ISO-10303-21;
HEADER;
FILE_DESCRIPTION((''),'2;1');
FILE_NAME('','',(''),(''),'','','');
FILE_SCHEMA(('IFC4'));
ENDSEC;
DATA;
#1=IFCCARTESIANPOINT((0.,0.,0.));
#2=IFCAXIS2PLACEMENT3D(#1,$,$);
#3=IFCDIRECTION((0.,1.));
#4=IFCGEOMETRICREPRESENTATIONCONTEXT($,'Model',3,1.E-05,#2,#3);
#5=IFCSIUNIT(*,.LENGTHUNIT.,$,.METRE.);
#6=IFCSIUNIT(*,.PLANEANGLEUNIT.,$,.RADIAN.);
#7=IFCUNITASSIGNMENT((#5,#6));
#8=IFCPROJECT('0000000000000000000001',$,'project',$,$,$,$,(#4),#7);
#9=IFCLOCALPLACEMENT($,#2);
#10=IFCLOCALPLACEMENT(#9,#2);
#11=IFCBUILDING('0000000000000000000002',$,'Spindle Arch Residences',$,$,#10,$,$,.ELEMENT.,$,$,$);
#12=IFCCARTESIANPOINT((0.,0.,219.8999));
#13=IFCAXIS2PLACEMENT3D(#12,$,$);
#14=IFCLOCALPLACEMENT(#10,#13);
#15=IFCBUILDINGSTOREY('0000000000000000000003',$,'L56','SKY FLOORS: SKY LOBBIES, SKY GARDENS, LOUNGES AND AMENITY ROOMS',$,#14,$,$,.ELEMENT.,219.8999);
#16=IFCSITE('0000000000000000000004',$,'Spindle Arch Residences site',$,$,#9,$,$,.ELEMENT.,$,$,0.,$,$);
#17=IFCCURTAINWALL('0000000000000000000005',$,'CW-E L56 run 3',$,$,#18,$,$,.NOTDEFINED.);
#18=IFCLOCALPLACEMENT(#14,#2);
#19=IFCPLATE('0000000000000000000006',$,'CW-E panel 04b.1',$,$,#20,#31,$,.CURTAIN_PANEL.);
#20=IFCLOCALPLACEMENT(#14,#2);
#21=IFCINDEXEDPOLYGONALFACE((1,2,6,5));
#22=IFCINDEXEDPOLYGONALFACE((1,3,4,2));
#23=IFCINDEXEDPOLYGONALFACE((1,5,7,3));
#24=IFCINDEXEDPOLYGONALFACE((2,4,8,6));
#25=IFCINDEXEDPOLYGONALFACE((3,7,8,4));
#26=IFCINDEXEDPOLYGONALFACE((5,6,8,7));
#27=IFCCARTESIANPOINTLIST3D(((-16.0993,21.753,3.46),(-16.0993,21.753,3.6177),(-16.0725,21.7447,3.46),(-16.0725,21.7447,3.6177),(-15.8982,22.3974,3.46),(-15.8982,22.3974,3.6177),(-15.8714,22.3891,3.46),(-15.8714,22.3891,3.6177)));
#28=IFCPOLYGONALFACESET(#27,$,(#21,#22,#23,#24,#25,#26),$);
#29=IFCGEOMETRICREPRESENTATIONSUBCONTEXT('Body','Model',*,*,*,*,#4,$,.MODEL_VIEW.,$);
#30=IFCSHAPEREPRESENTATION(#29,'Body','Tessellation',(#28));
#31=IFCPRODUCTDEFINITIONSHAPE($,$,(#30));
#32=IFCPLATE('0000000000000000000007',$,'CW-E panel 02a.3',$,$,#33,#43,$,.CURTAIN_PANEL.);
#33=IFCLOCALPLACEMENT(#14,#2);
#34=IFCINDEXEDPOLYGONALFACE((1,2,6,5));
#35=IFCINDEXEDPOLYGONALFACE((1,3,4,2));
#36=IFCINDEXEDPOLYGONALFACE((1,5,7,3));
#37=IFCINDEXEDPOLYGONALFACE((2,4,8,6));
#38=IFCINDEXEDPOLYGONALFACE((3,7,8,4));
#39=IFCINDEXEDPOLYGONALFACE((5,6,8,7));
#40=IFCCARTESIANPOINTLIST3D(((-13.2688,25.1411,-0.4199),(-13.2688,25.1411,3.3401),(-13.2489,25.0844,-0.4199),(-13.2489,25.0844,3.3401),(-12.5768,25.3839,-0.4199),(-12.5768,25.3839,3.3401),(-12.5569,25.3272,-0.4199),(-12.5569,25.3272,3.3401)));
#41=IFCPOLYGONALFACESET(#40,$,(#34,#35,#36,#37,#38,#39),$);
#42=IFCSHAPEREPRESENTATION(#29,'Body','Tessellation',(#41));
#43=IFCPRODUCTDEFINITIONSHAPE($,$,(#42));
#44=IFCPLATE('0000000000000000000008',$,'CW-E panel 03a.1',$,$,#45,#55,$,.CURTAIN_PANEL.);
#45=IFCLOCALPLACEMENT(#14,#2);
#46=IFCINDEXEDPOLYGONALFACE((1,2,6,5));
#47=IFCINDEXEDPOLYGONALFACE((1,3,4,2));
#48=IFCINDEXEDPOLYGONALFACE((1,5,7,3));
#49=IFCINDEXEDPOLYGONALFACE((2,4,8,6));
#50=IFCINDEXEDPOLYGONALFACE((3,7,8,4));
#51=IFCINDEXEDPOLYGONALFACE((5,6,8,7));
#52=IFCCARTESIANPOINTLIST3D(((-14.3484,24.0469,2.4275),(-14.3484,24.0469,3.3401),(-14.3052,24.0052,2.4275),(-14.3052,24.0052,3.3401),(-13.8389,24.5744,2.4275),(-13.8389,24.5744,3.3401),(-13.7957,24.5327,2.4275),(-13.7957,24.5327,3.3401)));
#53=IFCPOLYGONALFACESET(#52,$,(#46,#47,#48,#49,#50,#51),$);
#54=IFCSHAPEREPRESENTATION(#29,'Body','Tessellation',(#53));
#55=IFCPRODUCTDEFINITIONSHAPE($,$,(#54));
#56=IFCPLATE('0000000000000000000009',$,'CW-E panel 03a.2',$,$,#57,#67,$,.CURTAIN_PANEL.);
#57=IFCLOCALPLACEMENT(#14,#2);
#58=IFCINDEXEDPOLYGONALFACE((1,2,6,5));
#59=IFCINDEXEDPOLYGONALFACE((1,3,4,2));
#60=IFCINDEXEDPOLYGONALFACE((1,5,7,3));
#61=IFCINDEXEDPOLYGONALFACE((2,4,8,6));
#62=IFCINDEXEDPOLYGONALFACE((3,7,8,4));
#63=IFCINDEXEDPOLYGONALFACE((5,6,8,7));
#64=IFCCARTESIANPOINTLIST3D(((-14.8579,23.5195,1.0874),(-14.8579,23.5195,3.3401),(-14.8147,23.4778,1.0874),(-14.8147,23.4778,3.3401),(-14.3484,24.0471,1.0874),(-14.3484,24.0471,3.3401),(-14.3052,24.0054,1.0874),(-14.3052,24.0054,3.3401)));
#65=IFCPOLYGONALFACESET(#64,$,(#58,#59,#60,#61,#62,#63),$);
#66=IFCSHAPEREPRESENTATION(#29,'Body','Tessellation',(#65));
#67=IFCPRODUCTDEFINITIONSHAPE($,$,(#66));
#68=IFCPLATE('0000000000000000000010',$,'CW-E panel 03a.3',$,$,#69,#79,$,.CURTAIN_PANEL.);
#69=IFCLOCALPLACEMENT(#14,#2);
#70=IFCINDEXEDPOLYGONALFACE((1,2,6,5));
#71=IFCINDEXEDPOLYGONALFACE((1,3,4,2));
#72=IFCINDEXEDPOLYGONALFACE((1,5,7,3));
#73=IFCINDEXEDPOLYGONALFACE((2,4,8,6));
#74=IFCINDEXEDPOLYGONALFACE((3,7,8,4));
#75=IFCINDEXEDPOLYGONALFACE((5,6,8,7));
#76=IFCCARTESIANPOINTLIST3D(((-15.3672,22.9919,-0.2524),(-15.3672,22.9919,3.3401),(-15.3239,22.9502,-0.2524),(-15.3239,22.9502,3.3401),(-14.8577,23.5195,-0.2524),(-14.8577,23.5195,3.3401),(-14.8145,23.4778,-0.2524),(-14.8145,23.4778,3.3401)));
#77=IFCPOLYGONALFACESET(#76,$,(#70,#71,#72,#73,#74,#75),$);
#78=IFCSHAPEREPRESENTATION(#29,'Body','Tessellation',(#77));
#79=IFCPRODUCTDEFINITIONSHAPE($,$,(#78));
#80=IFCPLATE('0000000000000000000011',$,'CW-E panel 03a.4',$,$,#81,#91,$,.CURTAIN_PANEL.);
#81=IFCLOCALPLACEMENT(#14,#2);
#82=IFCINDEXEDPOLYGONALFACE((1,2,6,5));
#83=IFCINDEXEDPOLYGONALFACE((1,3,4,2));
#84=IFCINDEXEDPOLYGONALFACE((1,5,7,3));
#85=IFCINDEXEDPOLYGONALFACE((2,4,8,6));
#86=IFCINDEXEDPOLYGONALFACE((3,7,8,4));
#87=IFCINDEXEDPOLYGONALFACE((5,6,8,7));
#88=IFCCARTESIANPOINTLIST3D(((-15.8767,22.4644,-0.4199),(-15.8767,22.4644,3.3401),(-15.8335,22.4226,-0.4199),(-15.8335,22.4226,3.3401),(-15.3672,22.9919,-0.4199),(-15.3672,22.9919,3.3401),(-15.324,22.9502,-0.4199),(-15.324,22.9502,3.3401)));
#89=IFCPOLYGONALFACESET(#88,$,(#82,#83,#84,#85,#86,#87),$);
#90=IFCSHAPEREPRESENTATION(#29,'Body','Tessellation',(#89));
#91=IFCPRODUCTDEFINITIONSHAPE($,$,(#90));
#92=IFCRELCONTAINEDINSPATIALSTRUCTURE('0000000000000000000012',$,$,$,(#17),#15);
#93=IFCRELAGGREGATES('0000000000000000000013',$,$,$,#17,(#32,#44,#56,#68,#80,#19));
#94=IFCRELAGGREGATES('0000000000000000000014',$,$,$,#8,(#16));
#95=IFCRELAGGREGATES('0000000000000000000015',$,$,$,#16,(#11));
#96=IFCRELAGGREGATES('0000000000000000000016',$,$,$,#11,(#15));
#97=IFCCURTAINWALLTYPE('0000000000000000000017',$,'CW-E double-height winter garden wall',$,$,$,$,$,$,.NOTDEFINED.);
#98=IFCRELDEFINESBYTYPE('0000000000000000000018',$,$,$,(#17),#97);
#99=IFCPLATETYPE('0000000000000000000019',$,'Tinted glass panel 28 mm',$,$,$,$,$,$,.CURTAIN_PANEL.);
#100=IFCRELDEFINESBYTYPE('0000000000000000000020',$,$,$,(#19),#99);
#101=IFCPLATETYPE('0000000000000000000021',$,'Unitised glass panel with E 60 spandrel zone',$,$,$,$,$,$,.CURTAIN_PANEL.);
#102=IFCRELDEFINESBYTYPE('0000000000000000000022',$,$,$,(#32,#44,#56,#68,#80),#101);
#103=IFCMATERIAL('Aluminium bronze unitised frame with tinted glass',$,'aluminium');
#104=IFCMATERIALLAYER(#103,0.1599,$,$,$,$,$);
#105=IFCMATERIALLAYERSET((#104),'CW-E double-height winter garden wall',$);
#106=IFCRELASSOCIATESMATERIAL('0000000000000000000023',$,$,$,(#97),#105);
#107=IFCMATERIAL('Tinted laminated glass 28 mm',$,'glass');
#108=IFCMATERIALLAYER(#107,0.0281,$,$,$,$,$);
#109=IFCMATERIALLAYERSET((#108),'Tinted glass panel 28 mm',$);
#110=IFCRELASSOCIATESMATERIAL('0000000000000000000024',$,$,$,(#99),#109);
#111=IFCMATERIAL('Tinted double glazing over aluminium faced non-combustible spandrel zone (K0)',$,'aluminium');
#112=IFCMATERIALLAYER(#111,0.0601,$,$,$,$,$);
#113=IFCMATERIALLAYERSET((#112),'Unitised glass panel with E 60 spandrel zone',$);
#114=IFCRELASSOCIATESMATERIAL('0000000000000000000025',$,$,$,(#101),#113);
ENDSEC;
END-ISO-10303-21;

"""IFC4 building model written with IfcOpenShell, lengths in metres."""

from ifc_helpers import new_model, si_unit, direction, frame, origin, origin_2d, place, context, subcontext, project, spatial, rectangle, extrude, material, layer, layer_set, type_object, element, aggregate, save


model = new_model("IFC4")

# Units and contexts
model_context = context("Model", 3, precision=1e-05, world=origin(), true_north=direction((0.0, 1.0)))
body_context = subcontext(model_context, "Body", "Model", "MODEL_VIEW")
ifc_project = project(units=[si_unit("LENGTHUNIT", "METRE"), si_unit("PLANEANGLEUNIT", "RADIAN")], contexts=[model_context])

# Site, building, storey
site_placement = place(None, origin())
site = spatial("IfcSite", under=ifc_project, at=site_placement, Name="Spindle Arch Residences site", CompositionType="ELEMENT", RefElevation=0.0)
building_placement = place(site_placement, origin())
building = spatial("IfcBuilding", under=site, at=building_placement, Name="Spindle Arch Residences", CompositionType="ELEMENT")
storey_placement = place(building_placement, frame((0.0, 0.0, 219.8999)))
storey = spatial("IfcBuildingStorey", under=building, at=storey_placement, Name="L56", Description="SKY FLOORS: SKY LOBBIES, SKY GARDENS, LOUNGES AND AMENITY ROOMS", CompositionType="ELEMENT", Elevation=219.8999)

# Curtain wall, plates
ifc_material_1 = material(Name="Aluminium bronze unitised frame with tinted glass", Category="aluminium")
ifc_layer_1 = layer(ifc_material_1, 0.1599)
ifc_layer_set_1 = layer_set([ifc_layer_1], Name="CW-E double-height winter garden wall")
curtain_wall_type = type_object("IfcCurtainWallType", Name="CW-E double-height winter garden wall", PredefinedType="NOTDEFINED", material=ifc_layer_set_1)
curtain_wall_placement = place(storey_placement, origin())
curtain_wall = element("IfcCurtainWall", 1, at=curtain_wall_placement, inside=storey, type_object=curtain_wall_type, Name="CW-E L56 run 3", PredefinedType="NOTDEFINED")
ifc_material_2 = material(Name="Tinted laminated glass 28 mm", Category="glass")
ifc_layer_2 = layer(ifc_material_2, 0.0281)
ifc_layer_set_2 = layer_set([ifc_layer_2], Name="Tinted glass panel 28 mm")
plate_type_1 = type_object("IfcPlateType", Name="Tinted glass panel 28 mm", PredefinedType="CURTAIN_PANEL", material=ifc_layer_set_2)
plate_1_placement = place(storey_placement, frame((-15.9854, 22.071, 3.46), z_axis=(0.0, 0.0, 1.0), x_axis=(-0.29793, -0.954588, 0.0)))
plate_1 = element("IfcPlate", 2, at=plate_1_placement, type_object=plate_type_1, Name="CW-E panel 04b.1", PredefinedType="CURTAIN_PANEL", context=body_context, shape_type="SweptSolid", body=[
    extrude(rectangle(XDim=0.675, YDim=0.0281, at=origin_2d()), origin(), (0.0, 0.0, 1.0), 0.1577),
])
ifc_material_3 = material(Name="Tinted double glazing over aluminium faced non-combustible spandrel zone (K0)", Category="aluminium")
ifc_layer_3 = layer(ifc_material_3, 0.0601)
ifc_layer_set_3 = layer_set([ifc_layer_3], Name="Unitised glass panel with E 60 spandrel zone")
plate_type_2 = type_object("IfcPlateType", Name="Unitised glass panel with E 60 spandrel zone", PredefinedType="CURTAIN_PANEL", material=ifc_layer_set_3)
plate_2_placement = place(storey_placement, frame((-12.9128, 25.2341, -0.4199), z_axis=(0.0, 0.0, 1.0), x_axis=(-0.943609, -0.331063, 0.0)))
plate_2 = element("IfcPlate", 3, at=plate_2_placement, type_object=plate_type_2, Name="CW-E panel 02a.3", PredefinedType="CURTAIN_PANEL", context=body_context, shape_type="SweptSolid", body=[
    extrude(rectangle(XDim=0.7334, YDim=0.0601, at=origin_2d()), origin(), (0.0, 0.0, 1.0), 3.76),
])
plate_3_placement = place(storey_placement, frame((-14.072, 24.2898, 2.4275), z_axis=(0.0, 0.0, 1.0), x_axis=(-0.694658, -0.71934, 0.0)))
plate_3 = element("IfcPlate", 4, at=plate_3_placement, type_object=plate_type_2, Name="CW-E panel 03a.1", PredefinedType="CURTAIN_PANEL", context=body_context, shape_type="SweptSolid", body=[
    extrude(rectangle(XDim=0.7334, YDim=0.0601, at=origin_2d()), origin(), (0.0, 0.0, 1.0), 0.9126),
])
plate_4_placement = place(storey_placement, frame((-14.5815, 23.7625, 1.0874), z_axis=(0.0, 0.0, 1.0), x_axis=(-0.694658, -0.71934, 0.0)))
plate_4 = element("IfcPlate", 5, at=plate_4_placement, type_object=plate_type_2, Name="CW-E panel 03a.2", PredefinedType="CURTAIN_PANEL", context=body_context, shape_type="SweptSolid", body=[
    extrude(rectangle(XDim=0.7334, YDim=0.0601, at=origin_2d()), origin(), (0.0, 0.0, 1.0), 2.2527),
])
plate_5_placement = place(storey_placement, frame((-15.0908, 23.2349, -0.2524), z_axis=(0.0, 0.0, 1.0), x_axis=(-0.694658, -0.71934, 0.0)))
plate_5 = element("IfcPlate", 6, at=plate_5_placement, type_object=plate_type_2, Name="CW-E panel 03a.3", PredefinedType="CURTAIN_PANEL", context=body_context, shape_type="SweptSolid", body=[
    extrude(rectangle(XDim=0.7334, YDim=0.0601, at=origin_2d()), origin(), (0.0, 0.0, 1.0), 3.5925),
])
plate_6_placement = place(storey_placement, frame((-15.6003, 22.7073, -0.4199), z_axis=(0.0, 0.0, 1.0), x_axis=(-0.694658, -0.71934, 0.0)))
plate_6 = element("IfcPlate", 7, at=plate_6_placement, type_object=plate_type_2, Name="CW-E panel 03a.4", PredefinedType="CURTAIN_PANEL", context=body_context, shape_type="SweptSolid", body=[
    extrude(rectangle(XDim=0.7334, YDim=0.0601, at=origin_2d()), origin(), (0.0, 0.0, 1.0), 3.76),
])
aggregate(curtain_wall, [plate_2, plate_3, plate_4, plate_5, plate_6, plate_1])

save(model, "model.ifc")
